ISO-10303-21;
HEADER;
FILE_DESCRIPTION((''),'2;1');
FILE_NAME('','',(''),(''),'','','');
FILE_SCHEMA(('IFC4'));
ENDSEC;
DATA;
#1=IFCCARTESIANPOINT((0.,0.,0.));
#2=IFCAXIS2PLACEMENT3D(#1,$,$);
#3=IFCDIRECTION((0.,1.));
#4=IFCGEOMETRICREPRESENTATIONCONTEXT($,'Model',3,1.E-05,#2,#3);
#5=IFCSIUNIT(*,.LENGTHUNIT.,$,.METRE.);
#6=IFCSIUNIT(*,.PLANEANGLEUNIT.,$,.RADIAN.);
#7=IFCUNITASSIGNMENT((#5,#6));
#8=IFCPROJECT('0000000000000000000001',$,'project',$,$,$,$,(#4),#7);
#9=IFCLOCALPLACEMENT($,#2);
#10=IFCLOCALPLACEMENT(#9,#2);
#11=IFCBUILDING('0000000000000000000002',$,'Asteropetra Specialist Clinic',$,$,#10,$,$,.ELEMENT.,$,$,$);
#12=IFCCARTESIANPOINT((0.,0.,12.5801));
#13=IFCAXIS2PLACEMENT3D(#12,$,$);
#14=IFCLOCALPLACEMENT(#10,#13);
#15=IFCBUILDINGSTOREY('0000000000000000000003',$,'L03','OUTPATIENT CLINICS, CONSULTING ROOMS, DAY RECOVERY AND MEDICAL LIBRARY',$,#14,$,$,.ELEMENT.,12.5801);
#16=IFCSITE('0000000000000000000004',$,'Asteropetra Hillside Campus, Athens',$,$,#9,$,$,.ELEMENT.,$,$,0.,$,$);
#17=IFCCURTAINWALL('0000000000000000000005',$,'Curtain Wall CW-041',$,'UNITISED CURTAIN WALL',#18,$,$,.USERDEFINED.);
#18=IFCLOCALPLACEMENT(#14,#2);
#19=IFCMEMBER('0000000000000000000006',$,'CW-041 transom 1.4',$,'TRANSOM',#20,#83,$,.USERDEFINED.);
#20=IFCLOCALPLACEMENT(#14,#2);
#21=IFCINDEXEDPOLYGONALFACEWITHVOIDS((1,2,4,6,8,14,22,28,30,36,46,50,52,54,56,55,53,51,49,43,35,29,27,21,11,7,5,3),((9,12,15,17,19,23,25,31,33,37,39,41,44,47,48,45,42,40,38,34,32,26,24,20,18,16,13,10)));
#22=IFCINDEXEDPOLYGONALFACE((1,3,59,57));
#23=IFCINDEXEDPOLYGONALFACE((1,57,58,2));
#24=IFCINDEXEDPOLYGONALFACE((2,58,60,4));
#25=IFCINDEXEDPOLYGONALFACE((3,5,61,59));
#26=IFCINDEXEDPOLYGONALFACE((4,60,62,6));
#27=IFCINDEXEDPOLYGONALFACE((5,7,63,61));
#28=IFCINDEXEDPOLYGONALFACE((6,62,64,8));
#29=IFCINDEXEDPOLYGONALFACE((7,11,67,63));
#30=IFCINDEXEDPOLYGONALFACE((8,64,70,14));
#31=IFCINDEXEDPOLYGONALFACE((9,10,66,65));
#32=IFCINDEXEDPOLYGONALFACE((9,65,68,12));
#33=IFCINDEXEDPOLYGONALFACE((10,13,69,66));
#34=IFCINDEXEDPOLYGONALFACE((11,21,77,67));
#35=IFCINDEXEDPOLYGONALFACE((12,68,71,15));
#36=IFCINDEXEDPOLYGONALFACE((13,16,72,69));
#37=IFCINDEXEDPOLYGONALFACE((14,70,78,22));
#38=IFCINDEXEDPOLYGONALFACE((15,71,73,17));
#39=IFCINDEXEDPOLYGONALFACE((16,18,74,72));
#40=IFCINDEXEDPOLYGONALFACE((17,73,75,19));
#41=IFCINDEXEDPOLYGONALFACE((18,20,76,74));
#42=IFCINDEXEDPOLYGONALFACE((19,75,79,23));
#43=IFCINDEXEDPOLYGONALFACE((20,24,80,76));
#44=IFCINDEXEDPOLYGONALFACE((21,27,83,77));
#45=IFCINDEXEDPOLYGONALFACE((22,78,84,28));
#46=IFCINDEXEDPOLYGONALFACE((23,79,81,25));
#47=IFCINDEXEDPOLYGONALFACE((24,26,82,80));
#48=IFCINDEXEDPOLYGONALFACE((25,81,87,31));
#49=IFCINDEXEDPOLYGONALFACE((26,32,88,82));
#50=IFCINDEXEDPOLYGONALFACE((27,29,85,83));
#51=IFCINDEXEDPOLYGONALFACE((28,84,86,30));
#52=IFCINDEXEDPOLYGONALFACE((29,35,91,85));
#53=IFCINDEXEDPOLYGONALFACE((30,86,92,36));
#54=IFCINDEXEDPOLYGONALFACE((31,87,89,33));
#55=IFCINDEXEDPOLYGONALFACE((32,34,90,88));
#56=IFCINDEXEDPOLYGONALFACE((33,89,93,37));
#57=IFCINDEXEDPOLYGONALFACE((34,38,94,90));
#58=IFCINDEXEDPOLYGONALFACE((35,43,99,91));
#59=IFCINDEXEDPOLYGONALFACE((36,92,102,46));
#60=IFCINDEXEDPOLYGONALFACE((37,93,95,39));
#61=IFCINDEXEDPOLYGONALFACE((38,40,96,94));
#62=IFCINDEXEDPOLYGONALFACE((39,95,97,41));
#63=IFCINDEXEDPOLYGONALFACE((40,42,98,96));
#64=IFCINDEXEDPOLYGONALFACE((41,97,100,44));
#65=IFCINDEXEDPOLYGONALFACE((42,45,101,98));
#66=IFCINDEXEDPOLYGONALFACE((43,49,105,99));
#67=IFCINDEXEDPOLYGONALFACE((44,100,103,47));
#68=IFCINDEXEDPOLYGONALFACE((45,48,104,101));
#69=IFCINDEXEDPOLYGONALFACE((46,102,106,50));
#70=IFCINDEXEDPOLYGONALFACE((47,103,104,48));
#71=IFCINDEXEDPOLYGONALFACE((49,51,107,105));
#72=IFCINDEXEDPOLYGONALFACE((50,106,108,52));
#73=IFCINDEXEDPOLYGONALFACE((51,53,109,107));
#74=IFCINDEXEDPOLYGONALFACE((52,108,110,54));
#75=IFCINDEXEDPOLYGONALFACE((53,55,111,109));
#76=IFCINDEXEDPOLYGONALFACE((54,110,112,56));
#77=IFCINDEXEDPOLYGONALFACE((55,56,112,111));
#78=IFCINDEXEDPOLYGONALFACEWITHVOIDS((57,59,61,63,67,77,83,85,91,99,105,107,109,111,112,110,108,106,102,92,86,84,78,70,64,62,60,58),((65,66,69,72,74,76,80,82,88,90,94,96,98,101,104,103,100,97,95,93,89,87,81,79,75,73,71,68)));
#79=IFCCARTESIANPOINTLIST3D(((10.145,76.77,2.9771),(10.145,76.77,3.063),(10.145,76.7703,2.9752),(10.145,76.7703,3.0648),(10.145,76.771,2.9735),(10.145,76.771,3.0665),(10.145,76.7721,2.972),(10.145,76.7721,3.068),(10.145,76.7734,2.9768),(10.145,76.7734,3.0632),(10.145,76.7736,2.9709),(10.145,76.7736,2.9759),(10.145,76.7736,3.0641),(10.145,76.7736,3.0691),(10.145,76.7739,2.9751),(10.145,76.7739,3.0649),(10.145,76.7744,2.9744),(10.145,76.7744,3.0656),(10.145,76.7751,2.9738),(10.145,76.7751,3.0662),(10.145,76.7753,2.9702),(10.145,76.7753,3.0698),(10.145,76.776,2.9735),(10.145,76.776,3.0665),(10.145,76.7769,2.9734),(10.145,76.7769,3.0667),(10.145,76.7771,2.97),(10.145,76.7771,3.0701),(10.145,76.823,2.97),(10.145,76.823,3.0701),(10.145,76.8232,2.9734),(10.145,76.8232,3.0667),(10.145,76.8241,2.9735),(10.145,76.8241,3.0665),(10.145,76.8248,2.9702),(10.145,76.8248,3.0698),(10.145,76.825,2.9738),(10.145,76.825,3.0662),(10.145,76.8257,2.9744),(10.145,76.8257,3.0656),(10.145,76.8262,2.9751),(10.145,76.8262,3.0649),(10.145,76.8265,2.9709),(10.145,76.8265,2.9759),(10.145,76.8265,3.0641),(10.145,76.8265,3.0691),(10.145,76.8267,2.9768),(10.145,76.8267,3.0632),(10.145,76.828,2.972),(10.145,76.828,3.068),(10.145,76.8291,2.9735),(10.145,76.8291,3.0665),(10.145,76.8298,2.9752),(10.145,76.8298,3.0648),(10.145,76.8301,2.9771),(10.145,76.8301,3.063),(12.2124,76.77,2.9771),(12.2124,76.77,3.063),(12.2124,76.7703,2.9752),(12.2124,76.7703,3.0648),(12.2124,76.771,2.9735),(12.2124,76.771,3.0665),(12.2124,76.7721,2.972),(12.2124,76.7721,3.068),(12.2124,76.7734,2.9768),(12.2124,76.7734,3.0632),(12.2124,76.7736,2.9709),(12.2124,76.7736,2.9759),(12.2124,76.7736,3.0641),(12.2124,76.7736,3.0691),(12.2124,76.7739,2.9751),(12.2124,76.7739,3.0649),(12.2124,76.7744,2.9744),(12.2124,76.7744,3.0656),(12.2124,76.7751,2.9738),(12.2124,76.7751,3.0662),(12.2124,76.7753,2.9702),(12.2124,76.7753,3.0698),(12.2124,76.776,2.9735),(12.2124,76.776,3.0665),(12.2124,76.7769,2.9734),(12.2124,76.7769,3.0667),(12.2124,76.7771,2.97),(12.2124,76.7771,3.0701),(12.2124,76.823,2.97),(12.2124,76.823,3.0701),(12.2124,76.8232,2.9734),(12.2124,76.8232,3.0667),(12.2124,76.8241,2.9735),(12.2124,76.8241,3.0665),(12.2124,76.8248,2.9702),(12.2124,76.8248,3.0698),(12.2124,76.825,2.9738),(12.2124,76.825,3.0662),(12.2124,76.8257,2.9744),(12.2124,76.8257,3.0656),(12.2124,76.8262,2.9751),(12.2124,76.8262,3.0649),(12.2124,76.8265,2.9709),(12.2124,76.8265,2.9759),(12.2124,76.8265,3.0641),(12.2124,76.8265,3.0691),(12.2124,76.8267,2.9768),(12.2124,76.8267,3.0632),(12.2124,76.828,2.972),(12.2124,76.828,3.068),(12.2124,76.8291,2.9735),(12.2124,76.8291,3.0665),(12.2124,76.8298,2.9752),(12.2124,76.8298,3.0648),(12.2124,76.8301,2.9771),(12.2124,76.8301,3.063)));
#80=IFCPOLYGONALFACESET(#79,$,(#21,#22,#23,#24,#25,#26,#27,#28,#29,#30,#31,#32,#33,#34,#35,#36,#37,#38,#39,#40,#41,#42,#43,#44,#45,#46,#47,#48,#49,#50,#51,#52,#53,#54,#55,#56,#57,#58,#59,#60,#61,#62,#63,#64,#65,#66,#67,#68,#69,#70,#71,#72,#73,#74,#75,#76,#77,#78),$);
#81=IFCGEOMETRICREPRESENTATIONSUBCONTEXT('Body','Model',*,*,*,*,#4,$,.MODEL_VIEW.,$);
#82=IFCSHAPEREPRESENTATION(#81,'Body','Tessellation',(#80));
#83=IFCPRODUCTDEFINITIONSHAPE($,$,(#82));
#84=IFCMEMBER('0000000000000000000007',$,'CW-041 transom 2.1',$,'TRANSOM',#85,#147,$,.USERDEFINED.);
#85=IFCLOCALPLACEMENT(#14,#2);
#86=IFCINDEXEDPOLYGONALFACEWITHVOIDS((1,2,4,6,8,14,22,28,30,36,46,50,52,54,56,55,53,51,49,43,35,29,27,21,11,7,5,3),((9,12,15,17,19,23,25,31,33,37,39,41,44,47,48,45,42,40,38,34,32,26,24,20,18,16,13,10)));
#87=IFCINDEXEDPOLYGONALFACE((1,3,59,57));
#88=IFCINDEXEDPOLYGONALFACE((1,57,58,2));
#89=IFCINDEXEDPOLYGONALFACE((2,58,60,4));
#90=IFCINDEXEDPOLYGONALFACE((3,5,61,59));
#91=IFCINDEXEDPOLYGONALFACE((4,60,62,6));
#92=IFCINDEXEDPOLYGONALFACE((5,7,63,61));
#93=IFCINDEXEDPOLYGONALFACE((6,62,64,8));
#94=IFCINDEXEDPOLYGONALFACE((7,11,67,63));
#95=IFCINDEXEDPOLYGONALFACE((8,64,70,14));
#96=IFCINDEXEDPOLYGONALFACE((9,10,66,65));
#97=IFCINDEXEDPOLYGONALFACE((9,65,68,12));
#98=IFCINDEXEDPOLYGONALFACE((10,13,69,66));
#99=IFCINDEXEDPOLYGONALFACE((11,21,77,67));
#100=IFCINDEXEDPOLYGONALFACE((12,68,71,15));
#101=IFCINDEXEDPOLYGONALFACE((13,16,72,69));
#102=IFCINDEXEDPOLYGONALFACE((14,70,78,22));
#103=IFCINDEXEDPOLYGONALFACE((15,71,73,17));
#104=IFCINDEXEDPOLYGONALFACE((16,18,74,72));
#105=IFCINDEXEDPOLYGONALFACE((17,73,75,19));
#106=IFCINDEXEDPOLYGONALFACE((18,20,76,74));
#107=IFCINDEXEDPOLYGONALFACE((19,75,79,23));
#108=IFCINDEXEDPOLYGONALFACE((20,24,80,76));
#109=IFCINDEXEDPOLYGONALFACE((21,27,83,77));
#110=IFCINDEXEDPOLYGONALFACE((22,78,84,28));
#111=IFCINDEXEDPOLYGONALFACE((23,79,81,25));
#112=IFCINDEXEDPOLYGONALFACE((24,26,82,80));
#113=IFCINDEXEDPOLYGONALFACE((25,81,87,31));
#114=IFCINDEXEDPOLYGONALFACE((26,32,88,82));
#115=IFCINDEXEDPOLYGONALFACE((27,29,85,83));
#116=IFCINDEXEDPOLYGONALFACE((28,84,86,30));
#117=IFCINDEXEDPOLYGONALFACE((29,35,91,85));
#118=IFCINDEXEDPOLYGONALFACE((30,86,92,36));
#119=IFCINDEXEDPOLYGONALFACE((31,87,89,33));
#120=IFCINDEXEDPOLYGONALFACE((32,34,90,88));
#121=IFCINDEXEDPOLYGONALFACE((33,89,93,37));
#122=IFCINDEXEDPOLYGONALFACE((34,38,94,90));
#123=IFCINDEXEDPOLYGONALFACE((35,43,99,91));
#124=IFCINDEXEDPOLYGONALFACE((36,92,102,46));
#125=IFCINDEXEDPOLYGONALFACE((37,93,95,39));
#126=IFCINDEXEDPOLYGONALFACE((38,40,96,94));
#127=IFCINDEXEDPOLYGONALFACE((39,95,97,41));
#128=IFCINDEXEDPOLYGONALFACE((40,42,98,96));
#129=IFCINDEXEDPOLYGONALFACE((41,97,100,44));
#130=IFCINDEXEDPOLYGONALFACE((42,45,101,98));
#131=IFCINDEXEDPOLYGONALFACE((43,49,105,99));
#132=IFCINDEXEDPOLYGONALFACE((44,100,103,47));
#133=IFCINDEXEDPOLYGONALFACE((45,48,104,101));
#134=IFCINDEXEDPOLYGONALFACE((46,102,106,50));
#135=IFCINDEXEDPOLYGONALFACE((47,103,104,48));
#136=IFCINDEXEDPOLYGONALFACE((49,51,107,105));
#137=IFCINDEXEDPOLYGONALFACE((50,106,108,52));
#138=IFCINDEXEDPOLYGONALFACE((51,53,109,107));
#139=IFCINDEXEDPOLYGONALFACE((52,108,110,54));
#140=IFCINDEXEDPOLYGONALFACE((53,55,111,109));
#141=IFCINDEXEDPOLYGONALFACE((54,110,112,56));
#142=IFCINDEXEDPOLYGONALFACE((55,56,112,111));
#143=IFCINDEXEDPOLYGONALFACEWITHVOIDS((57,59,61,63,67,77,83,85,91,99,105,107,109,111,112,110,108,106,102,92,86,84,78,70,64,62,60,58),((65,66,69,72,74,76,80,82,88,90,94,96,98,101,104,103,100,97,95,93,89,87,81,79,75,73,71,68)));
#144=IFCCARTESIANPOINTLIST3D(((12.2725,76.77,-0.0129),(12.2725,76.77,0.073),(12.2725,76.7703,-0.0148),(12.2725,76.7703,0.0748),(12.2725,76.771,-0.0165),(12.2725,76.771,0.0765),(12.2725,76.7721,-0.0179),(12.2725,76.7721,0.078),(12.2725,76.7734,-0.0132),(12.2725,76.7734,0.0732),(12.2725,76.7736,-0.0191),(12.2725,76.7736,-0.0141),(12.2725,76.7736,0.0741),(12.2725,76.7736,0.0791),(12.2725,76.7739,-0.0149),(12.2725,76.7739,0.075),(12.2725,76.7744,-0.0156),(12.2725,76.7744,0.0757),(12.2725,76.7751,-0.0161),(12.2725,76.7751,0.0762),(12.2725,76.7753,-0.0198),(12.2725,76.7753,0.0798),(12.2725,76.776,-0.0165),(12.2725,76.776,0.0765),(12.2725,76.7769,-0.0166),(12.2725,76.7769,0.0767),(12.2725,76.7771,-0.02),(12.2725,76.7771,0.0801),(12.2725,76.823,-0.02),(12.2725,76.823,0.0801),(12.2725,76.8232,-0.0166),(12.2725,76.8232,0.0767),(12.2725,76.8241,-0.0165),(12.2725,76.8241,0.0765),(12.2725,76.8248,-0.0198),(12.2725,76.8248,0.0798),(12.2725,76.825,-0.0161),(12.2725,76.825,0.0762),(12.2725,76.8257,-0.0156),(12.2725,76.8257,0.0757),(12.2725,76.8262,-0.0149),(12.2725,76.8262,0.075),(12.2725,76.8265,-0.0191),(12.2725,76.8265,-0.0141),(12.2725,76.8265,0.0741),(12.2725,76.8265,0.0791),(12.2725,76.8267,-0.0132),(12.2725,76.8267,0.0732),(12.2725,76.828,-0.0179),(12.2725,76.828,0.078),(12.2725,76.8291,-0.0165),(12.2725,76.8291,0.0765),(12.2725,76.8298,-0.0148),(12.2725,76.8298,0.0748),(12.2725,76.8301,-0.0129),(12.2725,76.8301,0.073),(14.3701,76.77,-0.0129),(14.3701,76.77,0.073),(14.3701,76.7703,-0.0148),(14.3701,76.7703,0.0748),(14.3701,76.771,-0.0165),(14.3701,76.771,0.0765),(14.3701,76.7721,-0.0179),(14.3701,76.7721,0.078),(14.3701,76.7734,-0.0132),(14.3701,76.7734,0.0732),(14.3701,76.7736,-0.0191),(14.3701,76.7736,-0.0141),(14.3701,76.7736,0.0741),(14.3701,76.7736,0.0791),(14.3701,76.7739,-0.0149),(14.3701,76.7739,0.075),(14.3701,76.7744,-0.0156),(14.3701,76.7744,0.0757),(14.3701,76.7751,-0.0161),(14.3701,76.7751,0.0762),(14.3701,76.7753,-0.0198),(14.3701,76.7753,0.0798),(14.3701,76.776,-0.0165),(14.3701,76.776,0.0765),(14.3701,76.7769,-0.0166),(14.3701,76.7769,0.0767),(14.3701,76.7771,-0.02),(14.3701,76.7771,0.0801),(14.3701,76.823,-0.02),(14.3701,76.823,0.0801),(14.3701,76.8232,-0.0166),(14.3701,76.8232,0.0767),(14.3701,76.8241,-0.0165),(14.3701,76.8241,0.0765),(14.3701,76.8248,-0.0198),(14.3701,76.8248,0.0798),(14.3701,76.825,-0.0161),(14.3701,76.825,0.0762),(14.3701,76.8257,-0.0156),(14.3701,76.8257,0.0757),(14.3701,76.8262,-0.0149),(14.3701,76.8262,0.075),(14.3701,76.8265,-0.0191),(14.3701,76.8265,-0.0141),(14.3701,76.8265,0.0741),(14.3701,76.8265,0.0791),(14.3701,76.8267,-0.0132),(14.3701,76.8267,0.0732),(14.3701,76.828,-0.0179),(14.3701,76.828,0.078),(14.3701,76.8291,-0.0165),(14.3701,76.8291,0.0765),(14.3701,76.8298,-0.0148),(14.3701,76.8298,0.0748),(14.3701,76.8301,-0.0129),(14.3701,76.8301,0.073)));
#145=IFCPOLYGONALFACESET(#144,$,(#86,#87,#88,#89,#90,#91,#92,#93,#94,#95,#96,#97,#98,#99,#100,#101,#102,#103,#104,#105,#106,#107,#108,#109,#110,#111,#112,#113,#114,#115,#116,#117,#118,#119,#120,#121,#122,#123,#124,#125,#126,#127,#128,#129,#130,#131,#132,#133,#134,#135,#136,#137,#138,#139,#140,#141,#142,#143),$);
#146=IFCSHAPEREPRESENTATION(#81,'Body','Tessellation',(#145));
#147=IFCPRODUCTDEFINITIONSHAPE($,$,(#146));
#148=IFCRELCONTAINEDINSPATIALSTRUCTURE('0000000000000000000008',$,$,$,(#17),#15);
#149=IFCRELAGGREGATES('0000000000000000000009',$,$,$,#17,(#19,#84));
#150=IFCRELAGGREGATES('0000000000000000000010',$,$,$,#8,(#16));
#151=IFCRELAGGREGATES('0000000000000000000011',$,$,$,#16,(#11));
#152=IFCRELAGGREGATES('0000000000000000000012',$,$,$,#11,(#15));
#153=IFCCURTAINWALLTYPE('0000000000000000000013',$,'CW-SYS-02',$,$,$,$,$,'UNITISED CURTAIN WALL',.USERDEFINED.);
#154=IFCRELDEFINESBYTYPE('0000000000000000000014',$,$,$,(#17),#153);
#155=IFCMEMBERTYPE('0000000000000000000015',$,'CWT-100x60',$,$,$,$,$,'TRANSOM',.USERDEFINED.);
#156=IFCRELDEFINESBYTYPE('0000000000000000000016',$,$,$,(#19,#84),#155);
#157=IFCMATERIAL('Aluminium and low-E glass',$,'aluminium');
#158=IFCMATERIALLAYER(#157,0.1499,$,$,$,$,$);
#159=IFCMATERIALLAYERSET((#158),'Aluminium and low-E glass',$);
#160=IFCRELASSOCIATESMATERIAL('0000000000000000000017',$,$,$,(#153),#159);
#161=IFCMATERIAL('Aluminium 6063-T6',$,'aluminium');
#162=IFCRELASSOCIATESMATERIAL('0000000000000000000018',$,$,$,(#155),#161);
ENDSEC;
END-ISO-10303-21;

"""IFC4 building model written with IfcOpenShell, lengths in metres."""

from ifc_helpers import new_model, si_unit, direction, frame, origin, origin_2d, place, context, subcontext, project, spatial, hollow_rectangle, extrude, material, layer, layer_set, material_profile, profile_set, type_object, element, aggregate, save


model = new_model("IFC4")

# Units and contexts
model_context = context("Model", 3, precision=1e-05, world=origin(), true_north=direction((0.0, 1.0)))
body_context = subcontext(model_context, "Body", "Model", "MODEL_VIEW")
ifc_project = project(units=[si_unit("LENGTHUNIT", "METRE"), si_unit("PLANEANGLEUNIT", "RADIAN")], contexts=[model_context])

# Site, building, storey
site_placement = place(None, origin())
site = spatial("IfcSite", under=ifc_project, at=site_placement, Name="Asteropetra Hillside Campus, Athens", CompositionType="ELEMENT", RefElevation=0.0)
building_placement = place(site_placement, origin())
building = spatial("IfcBuilding", under=site, at=building_placement, Name="Asteropetra Specialist Clinic", CompositionType="ELEMENT")
storey_placement = place(building_placement, frame((0.0, 0.0, 12.5801)))
storey = spatial("IfcBuildingStorey", under=building, at=storey_placement, Name="L03", Description="OUTPATIENT CLINICS, CONSULTING ROOMS, DAY RECOVERY AND MEDICAL LIBRARY", CompositionType="ELEMENT", Elevation=12.5801)

# Curtain wall, members
ifc_material_1 = material(Name="Aluminium and low-E glass", Category="aluminium")
ifc_layer_1 = layer(ifc_material_1, 0.1499)
ifc_layer_set_1 = layer_set([ifc_layer_1], Name="Aluminium and low-E glass")
curtain_wall_type = type_object("IfcCurtainWallType", Name="CW-SYS-02", ElementType="UNITISED CURTAIN WALL", PredefinedType="USERDEFINED", material=ifc_layer_set_1)
curtain_wall_placement = place(storey_placement, origin())
curtain_wall = element("IfcCurtainWall", 1, at=curtain_wall_placement, inside=storey, type_object=curtain_wall_type, Name="Curtain Wall CW-041", ObjectType="UNITISED CURTAIN WALL", PredefinedType="USERDEFINED")
ifc_material_2 = material(Name="Aluminium 6063-T6", Category="aluminium")
ifc_material_profile_1 = material_profile(ifc_material_2, hollow_rectangle(XDim=0.0601, YDim=0.1001, WallThickness=0.0034, InnerFilletRadius=0.0034, OuterFilletRadius=0.0071, at=origin_2d()), Name="TRN 100x60x3.5")
ifc_profile_set_1 = profile_set([ifc_material_profile_1], Name="Aluminium 6063-T6")
member_type_1 = type_object("IfcMemberType", Name="CWT-100x60", ElementType="TRANSOM", PredefinedType="USERDEFINED", material=ifc_profile_set_1)
member_1_placement = place(storey_placement, frame((10.145, 76.8, 3.02), z_axis=(1.0, 0.0, 0.0), x_axis=(0.0, 1.0, 0.0)))
member_1 = element("IfcMember", 2, at=member_1_placement, type_object=member_type_1, Name="CW-041 transom 1.4", ObjectType="TRANSOM", PredefinedType="USERDEFINED", context=body_context, shape_type="SweptSolid", body=[
    extrude(hollow_rectangle(XDim=0.0601, YDim=0.1001, WallThickness=0.0034, InnerFilletRadius=0.0034, OuterFilletRadius=0.0071, at=origin_2d()), origin(), (0.0, 0.0, 1.0), 2.0674),
])
member_2_placement = place(storey_placement, frame((12.2725, 76.8, 0.03), z_axis=(1.0, 0.0, 0.0), x_axis=(0.0, 1.0, 0.0)))
member_2 = element("IfcMember", 3, at=member_2_placement, type_object=member_type_1, Name="CW-041 transom 2.1", ObjectType="TRANSOM", PredefinedType="USERDEFINED", context=body_context, shape_type="SweptSolid", body=[
    extrude(hollow_rectangle(XDim=0.0601, YDim=0.1001, WallThickness=0.0034, InnerFilletRadius=0.0034, OuterFilletRadius=0.0071, at=origin_2d()), origin(), (0.0, 0.0, 1.0), 2.0977),
])

aggregate(curtain_wall, [member_1, member_2])

save(model, "model.ifc")
